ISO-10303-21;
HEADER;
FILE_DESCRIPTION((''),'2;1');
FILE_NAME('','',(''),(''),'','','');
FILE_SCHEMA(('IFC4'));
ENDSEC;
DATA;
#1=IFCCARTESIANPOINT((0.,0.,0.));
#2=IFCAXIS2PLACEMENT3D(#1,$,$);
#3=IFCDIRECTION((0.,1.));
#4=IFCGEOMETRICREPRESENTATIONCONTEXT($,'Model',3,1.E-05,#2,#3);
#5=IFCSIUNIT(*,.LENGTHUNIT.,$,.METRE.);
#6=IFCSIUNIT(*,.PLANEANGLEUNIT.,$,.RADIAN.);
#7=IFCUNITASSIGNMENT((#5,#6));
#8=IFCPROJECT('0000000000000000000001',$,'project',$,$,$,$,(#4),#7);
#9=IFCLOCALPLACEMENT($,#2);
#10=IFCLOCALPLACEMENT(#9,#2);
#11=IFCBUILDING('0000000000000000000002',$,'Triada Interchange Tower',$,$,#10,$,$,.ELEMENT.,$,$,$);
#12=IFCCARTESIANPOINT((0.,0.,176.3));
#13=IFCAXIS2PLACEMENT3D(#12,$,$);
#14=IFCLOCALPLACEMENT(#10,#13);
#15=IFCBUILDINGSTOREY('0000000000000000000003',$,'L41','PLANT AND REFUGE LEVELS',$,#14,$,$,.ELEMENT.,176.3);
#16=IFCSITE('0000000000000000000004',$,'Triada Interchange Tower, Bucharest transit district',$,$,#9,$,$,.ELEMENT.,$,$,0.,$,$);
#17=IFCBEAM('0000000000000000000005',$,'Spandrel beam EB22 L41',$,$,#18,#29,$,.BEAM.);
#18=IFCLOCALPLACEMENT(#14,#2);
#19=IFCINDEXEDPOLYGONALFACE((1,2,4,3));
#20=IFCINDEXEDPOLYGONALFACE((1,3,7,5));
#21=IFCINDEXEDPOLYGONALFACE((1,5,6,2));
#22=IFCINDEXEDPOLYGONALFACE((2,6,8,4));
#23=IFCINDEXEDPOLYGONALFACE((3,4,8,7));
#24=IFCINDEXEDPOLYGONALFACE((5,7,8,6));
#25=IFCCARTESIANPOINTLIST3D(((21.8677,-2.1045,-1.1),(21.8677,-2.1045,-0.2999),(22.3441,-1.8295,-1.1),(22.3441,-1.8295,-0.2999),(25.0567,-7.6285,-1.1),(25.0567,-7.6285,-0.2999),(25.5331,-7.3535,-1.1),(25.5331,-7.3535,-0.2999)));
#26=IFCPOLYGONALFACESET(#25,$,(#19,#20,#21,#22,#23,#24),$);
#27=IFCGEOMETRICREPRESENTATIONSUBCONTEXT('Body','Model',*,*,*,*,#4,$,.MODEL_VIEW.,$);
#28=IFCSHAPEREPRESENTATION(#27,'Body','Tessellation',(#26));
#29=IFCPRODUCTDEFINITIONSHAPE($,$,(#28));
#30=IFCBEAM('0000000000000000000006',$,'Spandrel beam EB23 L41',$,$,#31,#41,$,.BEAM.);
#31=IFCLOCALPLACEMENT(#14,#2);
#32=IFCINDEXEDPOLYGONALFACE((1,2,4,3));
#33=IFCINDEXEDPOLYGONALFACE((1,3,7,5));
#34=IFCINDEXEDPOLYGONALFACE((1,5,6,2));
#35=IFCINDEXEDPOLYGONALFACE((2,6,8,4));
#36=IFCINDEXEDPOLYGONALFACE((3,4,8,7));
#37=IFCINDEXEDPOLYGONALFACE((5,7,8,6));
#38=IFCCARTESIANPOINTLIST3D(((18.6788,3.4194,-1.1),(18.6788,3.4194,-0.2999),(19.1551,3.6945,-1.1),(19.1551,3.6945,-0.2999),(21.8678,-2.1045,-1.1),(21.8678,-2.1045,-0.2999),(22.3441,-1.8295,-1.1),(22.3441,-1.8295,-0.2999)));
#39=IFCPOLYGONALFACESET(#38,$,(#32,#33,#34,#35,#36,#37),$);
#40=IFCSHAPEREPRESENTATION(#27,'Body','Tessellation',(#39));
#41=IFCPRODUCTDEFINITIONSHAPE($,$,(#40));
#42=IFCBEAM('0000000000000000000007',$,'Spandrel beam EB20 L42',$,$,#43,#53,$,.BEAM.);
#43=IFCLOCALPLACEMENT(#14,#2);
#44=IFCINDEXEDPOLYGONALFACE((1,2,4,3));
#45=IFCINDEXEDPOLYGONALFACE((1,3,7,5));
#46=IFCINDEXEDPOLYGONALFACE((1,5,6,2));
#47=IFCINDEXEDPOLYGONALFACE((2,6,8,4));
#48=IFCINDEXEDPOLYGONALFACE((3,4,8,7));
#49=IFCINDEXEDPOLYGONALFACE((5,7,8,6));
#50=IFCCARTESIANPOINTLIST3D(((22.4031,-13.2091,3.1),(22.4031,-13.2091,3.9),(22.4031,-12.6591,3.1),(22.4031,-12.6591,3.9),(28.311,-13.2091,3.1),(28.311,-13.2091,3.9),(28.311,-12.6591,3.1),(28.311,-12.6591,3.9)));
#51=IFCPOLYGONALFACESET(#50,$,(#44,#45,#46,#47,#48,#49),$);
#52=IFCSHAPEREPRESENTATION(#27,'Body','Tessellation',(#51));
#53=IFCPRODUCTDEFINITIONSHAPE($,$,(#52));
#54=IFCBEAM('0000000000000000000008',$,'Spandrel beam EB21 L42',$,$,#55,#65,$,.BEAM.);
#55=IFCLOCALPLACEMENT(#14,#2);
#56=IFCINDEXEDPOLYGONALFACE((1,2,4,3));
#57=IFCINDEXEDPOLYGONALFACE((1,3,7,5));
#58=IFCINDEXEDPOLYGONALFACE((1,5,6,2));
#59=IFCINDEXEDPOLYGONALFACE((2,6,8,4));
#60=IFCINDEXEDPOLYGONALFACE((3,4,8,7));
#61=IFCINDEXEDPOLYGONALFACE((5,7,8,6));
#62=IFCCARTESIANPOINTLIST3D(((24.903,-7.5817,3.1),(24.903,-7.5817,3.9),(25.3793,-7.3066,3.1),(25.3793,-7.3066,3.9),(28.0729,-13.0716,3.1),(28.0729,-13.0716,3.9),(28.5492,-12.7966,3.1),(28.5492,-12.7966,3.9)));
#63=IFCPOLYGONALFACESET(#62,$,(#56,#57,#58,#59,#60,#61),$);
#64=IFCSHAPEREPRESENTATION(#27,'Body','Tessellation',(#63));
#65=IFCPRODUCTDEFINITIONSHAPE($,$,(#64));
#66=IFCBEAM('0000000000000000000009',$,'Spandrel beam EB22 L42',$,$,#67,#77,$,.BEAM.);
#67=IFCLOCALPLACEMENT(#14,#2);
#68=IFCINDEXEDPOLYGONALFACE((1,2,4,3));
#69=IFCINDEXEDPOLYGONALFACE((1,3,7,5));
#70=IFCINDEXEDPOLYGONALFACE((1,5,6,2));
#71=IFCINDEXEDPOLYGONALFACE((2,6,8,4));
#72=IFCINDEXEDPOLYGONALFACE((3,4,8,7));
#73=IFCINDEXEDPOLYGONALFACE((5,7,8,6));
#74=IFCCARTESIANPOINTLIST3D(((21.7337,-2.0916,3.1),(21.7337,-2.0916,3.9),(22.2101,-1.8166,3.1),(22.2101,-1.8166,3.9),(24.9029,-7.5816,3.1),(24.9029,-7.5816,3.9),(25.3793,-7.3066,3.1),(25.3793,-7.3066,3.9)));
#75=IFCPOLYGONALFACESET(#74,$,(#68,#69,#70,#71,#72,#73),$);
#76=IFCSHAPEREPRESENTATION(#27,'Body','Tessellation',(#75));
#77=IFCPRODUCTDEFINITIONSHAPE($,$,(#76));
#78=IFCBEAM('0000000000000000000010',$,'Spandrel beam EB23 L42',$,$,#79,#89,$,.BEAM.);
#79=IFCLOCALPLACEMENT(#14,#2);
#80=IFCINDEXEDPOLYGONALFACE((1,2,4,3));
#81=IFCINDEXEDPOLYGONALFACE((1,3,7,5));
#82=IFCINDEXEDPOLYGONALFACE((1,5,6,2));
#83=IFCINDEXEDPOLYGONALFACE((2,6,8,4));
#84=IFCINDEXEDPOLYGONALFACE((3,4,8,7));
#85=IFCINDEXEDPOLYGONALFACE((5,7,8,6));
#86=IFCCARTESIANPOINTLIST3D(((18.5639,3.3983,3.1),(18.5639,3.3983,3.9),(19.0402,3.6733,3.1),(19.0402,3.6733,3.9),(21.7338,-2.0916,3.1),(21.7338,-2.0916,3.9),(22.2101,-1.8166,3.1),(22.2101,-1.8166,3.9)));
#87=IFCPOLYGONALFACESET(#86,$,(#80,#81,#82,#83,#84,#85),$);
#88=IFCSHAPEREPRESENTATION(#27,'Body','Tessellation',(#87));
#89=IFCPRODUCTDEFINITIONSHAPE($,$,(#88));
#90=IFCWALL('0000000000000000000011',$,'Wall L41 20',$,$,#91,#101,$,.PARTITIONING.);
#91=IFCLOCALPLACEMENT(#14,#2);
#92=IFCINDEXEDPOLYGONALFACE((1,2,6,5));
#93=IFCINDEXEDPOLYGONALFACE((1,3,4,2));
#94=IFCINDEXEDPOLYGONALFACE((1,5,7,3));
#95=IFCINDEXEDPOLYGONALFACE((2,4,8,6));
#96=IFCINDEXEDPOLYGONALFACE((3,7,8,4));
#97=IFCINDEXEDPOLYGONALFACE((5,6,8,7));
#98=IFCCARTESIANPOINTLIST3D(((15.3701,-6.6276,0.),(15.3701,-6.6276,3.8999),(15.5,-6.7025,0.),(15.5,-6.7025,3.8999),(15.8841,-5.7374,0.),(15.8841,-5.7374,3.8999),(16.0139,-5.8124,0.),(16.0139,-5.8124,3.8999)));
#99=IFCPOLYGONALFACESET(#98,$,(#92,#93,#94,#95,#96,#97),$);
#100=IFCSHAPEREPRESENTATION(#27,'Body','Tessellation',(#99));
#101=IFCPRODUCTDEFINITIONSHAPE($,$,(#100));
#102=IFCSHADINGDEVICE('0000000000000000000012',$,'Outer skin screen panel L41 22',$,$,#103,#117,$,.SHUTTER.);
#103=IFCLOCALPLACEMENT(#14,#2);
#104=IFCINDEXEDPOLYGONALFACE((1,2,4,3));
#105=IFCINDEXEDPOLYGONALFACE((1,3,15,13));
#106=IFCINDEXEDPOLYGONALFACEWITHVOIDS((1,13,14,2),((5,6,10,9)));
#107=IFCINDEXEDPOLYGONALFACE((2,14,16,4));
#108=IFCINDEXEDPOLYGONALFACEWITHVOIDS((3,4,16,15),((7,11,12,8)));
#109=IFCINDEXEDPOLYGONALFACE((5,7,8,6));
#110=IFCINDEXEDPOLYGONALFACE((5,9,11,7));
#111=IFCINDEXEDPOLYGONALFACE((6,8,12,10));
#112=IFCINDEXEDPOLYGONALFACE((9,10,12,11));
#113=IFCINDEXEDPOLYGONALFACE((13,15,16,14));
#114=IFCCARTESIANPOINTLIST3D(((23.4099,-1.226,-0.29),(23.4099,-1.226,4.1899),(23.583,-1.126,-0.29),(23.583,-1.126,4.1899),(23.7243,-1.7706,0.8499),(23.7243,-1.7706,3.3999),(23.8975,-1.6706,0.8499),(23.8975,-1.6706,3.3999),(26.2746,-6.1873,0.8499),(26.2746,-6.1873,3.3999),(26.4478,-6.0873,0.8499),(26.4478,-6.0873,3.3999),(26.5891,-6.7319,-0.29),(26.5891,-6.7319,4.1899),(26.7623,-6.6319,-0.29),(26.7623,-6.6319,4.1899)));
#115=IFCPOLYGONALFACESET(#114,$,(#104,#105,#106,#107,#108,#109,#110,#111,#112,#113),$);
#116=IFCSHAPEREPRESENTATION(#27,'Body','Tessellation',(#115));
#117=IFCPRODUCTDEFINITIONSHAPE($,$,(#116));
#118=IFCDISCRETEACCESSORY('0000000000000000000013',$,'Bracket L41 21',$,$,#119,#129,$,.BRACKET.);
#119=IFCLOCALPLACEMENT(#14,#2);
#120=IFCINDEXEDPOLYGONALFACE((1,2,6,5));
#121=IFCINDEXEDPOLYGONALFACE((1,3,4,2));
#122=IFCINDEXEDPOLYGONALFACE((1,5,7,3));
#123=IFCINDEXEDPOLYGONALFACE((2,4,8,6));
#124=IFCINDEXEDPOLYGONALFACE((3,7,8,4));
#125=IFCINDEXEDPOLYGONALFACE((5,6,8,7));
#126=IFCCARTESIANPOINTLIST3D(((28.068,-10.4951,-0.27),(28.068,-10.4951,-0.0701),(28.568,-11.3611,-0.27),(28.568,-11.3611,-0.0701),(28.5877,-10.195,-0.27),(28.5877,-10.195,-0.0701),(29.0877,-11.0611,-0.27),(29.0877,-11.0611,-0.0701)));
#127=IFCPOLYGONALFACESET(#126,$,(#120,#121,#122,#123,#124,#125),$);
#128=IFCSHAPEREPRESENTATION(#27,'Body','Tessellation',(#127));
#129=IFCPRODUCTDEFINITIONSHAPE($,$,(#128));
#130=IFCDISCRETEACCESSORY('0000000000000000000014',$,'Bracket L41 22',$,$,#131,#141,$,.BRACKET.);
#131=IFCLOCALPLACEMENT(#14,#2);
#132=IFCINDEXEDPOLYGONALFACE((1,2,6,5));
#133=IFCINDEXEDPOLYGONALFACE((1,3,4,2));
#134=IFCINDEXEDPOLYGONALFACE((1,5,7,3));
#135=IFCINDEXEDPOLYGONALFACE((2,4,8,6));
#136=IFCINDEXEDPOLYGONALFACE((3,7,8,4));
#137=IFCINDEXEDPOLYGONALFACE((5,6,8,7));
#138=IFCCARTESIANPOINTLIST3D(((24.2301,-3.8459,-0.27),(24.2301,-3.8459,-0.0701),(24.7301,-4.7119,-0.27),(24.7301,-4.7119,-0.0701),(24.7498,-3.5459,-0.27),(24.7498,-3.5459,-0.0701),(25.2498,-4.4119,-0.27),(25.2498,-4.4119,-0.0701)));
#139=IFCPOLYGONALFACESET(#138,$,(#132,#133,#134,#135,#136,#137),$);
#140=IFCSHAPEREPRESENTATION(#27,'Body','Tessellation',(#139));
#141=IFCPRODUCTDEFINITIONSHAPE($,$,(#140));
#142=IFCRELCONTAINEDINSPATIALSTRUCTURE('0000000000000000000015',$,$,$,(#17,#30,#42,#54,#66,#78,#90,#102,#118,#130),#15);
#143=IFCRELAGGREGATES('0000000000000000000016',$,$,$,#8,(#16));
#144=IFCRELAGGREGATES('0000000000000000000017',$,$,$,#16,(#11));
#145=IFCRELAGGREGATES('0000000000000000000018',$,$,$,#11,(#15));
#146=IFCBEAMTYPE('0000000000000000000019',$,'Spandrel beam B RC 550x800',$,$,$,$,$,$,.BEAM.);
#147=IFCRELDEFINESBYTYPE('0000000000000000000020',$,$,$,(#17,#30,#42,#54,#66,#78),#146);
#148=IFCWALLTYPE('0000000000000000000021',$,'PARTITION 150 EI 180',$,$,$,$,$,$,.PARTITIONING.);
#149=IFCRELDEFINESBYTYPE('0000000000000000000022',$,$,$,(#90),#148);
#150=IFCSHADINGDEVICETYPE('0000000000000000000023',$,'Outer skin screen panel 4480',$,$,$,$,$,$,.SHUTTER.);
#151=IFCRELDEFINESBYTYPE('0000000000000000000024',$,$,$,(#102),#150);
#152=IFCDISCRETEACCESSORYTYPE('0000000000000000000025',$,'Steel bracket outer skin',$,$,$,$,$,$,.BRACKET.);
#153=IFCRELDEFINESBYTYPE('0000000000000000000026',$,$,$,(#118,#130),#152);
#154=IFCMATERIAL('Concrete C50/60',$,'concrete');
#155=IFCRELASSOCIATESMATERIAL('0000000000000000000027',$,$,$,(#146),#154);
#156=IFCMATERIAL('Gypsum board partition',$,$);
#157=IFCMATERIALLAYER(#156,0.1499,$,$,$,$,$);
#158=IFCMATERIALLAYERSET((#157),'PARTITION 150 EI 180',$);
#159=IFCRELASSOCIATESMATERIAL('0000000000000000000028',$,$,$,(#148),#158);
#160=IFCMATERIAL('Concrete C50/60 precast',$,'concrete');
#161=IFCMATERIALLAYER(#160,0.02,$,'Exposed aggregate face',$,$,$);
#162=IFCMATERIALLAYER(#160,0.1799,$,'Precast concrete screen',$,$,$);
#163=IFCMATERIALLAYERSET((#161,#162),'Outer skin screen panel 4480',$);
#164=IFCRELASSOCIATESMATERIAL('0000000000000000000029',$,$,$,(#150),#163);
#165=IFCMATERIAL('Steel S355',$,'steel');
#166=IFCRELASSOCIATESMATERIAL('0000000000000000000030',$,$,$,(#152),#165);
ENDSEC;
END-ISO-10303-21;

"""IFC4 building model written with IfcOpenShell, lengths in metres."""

from ifc_helpers import new_model, si_unit, direction, frame, frame_2d, origin, origin_2d, place, context, subcontext, project, spatial, polyline, rectangle, outline, extrude, material, layer, layer_set, material_profile, profile_set, type_object, element, save


model = new_model("IFC4")

# Units and contexts
model_context = context("Model", 3, precision=1e-05, world=origin(), true_north=direction((0.0, 1.0)))
body_context = subcontext(model_context, "Body", "Model", "MODEL_VIEW")
ifc_project = project(units=[si_unit("LENGTHUNIT", "METRE"), si_unit("PLANEANGLEUNIT", "RADIAN")], contexts=[model_context])

# Site, building, storey
site_placement = place(None, origin())
site = spatial("IfcSite", under=ifc_project, at=site_placement, Name="Triada Interchange Tower, Bucharest transit district", CompositionType="ELEMENT", RefElevation=0.0)
building_placement = place(site_placement, origin())
building = spatial("IfcBuilding", under=site, at=building_placement, Name="Triada Interchange Tower", CompositionType="ELEMENT")
storey_placement = place(building_placement, frame((0.0, 0.0, 176.3)))
storey = spatial("IfcBuildingStorey", under=building, at=storey_placement, Name="L41", Description="PLANT AND REFUGE LEVELS", CompositionType="ELEMENT", Elevation=176.3)

# Shared definitions
ifc_material_1 = material(Name="Steel S355", Category="steel")

# Beams
ifc_material_2 = material(Name="Concrete C50/60", Category="concrete")
ifc_material_profile_1 = material_profile(ifc_material_2, rectangle(XDim=0.55, YDim=0.8, at=origin_2d()), Name="RC 550x800")
ifc_profile_set_1 = profile_set([ifc_material_profile_1], Name="Concrete C50/60")
beam_type_1 = type_object("IfcBeamType", Name="Spandrel beam B RC 550x800", PredefinedType="BEAM", material=ifc_profile_set_1)
for number, where, z_axis, x_axis, name in (
    (1, (25.2949, -7.491, -0.7), (-0.499968, 0.866044, 0.0), (-0.866044, -0.499968, 0.0), "Spandrel beam EB22 L41"),
    (2, (22.106, -1.967, -0.7), (-0.499968, 0.866044, 0.0), (-0.866044, -0.499968, 0.0), "Spandrel beam EB23 L41"),
):
    element("IfcBeam", number, at=place(storey_placement, frame(where, z_axis=z_axis, x_axis=x_axis)), inside=storey, type_object=beam_type_1, Name=name, PredefinedType="BEAM", context=body_context, shape_type="SweptSolid", body=[
        extrude(rectangle(XDim=0.55, YDim=0.8, at=origin_2d()), origin(), (0.0, 0.0, 1.0), 6.3784),
    ])
beam_1_placement = place(storey_placement, frame((22.4031, -12.9341, 3.5), z_axis=(1.0, 0.0, 0.0), x_axis=(0.0, 1.0, 0.0)))
element("IfcBeam", 3, at=beam_1_placement, inside=storey, type_object=beam_type_1, Name="Spandrel beam EB20 L42", PredefinedType="BEAM", context=body_context, shape_type="SweptSolid", body=[
    extrude(rectangle(XDim=0.55, YDim=0.8, at=origin_2d()), origin(), (0.0, 0.0, 1.0), 5.908),
])
beam_2_placement = place(storey_placement, frame((28.311, -12.9341, 3.5), z_axis=(-0.500032, 0.866007, 0.0), x_axis=(-0.866007, -0.500032, 0.0)))
element("IfcBeam", 4, at=beam_2_placement, inside=storey, type_object=beam_type_1, Name="Spandrel beam EB21 L42", PredefinedType="BEAM", context=body_context, shape_type="SweptSolid", body=[
    extrude(rectangle(XDim=0.55, YDim=0.8, at=origin_2d()), origin(), (0.0, 0.0, 1.0), 6.3394),
])
beam_3_placement = place(storey_placement, frame((25.1411, -7.4441, 3.5), z_axis=(-0.499946, 0.866057, 0.0), x_axis=(-0.866057, -0.499946, 0.0)))
element("IfcBeam", 5, at=beam_3_placement, inside=storey, type_object=beam_type_1, Name="Spandrel beam EB22 L42", PredefinedType="BEAM", context=body_context, shape_type="SweptSolid", body=[
    extrude(rectangle(XDim=0.55, YDim=0.8, at=origin_2d()), origin(), (0.0, 0.0, 1.0), 6.3391),
])
beam_4_placement = place(storey_placement, frame((21.9719, -1.9541, 3.5), z_axis=(-0.500032, 0.866007, 0.0), x_axis=(-0.866007, -0.500032, 0.0)))
element("IfcBeam", 6, at=beam_4_placement, inside=storey, type_object=beam_type_1, Name="Spandrel beam EB23 L42", PredefinedType="BEAM", context=body_context, shape_type="SweptSolid", body=[
    extrude(rectangle(XDim=0.55, YDim=0.8, at=origin_2d()), origin(), (0.0, 0.0, 1.0), 6.3394),
])

# Wall
ifc_material_3 = material(Name="Gypsum board partition")
ifc_layer_1 = layer(ifc_material_3, 0.1499)
ifc_layer_set_1 = layer_set([ifc_layer_1], Name="PARTITION 150 EI 180")
wall_type = type_object("IfcWallType", Name="PARTITION 150 EI 180", PredefinedType="PARTITIONING", material=ifc_layer_set_1)
wall_placement = place(storey_placement, frame((15.4351, -6.665, 0.0), z_axis=(0.0, 0.0, 1.0), x_axis=(0.499997, 0.866027, 0.0)))
element("IfcWall", 7, at=wall_placement, inside=storey, type_object=wall_type, Name="Wall L41 20", PredefinedType="PARTITIONING", context=body_context, shape_type="SweptSolid", body=[
    extrude(rectangle(XDim=1.0278, YDim=0.1499, at=frame_2d((0.5139, 0.0))), origin(), (0.0, 0.0, 1.0), 3.8999),
])

# Shading device
ifc_material_4 = material(Name="Concrete C50/60 precast", Category="concrete")
ifc_layer_2 = layer(ifc_material_4, 0.02, Name="Exposed aggregate face")
ifc_layer_3 = layer(ifc_material_4, 0.1799, Name="Precast concrete screen")
ifc_layer_set_2 = layer_set([ifc_layer_2, ifc_layer_3], Name="Outer skin screen panel 4480")
shading_device_type = type_object("IfcShadingDeviceType", Name="Outer skin screen panel 4480", PredefinedType="SHUTTER", material=ifc_layer_set_2)
shading_device_placement = place(storey_placement, frame((26.5891, -6.7319, -0.29), z_axis=(0.0, 0.0, 1.0), x_axis=(-0.500046, 0.865999, 0.0)))
element("IfcShadingDevice", 8, at=shading_device_placement, inside=storey, type_object=shading_device_type, Name="Outer skin screen panel L41 22", PredefinedType="SHUTTER", context=body_context, shape_type="SweptSolid", body=[
    extrude(outline(polyline([(0.0, 0.0), (6.3579, 0.0), (6.3579, 4.48), (0.0, 4.48), (0.0, 0.0)]), holes=[polyline([(0.6289, 1.1399), (0.6289, 3.6899), (5.729, 3.6899), (5.729, 1.1399), (0.6289, 1.1399)])]), frame((0.0, 0.0, 0.0), z_axis=(0.0, -1.0, 0.0), x_axis=(1.0, 0.0, 0.0)), (0.0, 0.0, 1.0), 0.2),
])

# Discrete accessories
discrete_accessory_type = type_object("IfcDiscreteAccessoryType", Name="Steel bracket outer skin", PredefinedType="BRACKET", material=ifc_material_1)
for number, where, z_axis, x_axis, name in (
    (9, (28.5779, -10.7781, -0.27), (0.0, 0.0, 1.0), (0.86603, 0.499993, 0.0), "Bracket L41 21"),
    (10, (24.74, -4.1289, -0.27), (0.0, 0.0, 1.0), (0.86603, 0.499993, 0.0), "Bracket L41 22"),
):
    element("IfcDiscreteAccessory", number, at=place(storey_placement, frame(where, z_axis=z_axis, x_axis=x_axis)), inside=storey, type_object=discrete_accessory_type, Name=name, PredefinedType="BRACKET", context=body_context, shape_type="SweptSolid", body=[
        extrude(rectangle(XDim=0.6001, YDim=1.0, at=origin_2d()), origin(), (0.0, 0.0, 1.0), 0.2),
    ])

save(model, "model.ifc")
